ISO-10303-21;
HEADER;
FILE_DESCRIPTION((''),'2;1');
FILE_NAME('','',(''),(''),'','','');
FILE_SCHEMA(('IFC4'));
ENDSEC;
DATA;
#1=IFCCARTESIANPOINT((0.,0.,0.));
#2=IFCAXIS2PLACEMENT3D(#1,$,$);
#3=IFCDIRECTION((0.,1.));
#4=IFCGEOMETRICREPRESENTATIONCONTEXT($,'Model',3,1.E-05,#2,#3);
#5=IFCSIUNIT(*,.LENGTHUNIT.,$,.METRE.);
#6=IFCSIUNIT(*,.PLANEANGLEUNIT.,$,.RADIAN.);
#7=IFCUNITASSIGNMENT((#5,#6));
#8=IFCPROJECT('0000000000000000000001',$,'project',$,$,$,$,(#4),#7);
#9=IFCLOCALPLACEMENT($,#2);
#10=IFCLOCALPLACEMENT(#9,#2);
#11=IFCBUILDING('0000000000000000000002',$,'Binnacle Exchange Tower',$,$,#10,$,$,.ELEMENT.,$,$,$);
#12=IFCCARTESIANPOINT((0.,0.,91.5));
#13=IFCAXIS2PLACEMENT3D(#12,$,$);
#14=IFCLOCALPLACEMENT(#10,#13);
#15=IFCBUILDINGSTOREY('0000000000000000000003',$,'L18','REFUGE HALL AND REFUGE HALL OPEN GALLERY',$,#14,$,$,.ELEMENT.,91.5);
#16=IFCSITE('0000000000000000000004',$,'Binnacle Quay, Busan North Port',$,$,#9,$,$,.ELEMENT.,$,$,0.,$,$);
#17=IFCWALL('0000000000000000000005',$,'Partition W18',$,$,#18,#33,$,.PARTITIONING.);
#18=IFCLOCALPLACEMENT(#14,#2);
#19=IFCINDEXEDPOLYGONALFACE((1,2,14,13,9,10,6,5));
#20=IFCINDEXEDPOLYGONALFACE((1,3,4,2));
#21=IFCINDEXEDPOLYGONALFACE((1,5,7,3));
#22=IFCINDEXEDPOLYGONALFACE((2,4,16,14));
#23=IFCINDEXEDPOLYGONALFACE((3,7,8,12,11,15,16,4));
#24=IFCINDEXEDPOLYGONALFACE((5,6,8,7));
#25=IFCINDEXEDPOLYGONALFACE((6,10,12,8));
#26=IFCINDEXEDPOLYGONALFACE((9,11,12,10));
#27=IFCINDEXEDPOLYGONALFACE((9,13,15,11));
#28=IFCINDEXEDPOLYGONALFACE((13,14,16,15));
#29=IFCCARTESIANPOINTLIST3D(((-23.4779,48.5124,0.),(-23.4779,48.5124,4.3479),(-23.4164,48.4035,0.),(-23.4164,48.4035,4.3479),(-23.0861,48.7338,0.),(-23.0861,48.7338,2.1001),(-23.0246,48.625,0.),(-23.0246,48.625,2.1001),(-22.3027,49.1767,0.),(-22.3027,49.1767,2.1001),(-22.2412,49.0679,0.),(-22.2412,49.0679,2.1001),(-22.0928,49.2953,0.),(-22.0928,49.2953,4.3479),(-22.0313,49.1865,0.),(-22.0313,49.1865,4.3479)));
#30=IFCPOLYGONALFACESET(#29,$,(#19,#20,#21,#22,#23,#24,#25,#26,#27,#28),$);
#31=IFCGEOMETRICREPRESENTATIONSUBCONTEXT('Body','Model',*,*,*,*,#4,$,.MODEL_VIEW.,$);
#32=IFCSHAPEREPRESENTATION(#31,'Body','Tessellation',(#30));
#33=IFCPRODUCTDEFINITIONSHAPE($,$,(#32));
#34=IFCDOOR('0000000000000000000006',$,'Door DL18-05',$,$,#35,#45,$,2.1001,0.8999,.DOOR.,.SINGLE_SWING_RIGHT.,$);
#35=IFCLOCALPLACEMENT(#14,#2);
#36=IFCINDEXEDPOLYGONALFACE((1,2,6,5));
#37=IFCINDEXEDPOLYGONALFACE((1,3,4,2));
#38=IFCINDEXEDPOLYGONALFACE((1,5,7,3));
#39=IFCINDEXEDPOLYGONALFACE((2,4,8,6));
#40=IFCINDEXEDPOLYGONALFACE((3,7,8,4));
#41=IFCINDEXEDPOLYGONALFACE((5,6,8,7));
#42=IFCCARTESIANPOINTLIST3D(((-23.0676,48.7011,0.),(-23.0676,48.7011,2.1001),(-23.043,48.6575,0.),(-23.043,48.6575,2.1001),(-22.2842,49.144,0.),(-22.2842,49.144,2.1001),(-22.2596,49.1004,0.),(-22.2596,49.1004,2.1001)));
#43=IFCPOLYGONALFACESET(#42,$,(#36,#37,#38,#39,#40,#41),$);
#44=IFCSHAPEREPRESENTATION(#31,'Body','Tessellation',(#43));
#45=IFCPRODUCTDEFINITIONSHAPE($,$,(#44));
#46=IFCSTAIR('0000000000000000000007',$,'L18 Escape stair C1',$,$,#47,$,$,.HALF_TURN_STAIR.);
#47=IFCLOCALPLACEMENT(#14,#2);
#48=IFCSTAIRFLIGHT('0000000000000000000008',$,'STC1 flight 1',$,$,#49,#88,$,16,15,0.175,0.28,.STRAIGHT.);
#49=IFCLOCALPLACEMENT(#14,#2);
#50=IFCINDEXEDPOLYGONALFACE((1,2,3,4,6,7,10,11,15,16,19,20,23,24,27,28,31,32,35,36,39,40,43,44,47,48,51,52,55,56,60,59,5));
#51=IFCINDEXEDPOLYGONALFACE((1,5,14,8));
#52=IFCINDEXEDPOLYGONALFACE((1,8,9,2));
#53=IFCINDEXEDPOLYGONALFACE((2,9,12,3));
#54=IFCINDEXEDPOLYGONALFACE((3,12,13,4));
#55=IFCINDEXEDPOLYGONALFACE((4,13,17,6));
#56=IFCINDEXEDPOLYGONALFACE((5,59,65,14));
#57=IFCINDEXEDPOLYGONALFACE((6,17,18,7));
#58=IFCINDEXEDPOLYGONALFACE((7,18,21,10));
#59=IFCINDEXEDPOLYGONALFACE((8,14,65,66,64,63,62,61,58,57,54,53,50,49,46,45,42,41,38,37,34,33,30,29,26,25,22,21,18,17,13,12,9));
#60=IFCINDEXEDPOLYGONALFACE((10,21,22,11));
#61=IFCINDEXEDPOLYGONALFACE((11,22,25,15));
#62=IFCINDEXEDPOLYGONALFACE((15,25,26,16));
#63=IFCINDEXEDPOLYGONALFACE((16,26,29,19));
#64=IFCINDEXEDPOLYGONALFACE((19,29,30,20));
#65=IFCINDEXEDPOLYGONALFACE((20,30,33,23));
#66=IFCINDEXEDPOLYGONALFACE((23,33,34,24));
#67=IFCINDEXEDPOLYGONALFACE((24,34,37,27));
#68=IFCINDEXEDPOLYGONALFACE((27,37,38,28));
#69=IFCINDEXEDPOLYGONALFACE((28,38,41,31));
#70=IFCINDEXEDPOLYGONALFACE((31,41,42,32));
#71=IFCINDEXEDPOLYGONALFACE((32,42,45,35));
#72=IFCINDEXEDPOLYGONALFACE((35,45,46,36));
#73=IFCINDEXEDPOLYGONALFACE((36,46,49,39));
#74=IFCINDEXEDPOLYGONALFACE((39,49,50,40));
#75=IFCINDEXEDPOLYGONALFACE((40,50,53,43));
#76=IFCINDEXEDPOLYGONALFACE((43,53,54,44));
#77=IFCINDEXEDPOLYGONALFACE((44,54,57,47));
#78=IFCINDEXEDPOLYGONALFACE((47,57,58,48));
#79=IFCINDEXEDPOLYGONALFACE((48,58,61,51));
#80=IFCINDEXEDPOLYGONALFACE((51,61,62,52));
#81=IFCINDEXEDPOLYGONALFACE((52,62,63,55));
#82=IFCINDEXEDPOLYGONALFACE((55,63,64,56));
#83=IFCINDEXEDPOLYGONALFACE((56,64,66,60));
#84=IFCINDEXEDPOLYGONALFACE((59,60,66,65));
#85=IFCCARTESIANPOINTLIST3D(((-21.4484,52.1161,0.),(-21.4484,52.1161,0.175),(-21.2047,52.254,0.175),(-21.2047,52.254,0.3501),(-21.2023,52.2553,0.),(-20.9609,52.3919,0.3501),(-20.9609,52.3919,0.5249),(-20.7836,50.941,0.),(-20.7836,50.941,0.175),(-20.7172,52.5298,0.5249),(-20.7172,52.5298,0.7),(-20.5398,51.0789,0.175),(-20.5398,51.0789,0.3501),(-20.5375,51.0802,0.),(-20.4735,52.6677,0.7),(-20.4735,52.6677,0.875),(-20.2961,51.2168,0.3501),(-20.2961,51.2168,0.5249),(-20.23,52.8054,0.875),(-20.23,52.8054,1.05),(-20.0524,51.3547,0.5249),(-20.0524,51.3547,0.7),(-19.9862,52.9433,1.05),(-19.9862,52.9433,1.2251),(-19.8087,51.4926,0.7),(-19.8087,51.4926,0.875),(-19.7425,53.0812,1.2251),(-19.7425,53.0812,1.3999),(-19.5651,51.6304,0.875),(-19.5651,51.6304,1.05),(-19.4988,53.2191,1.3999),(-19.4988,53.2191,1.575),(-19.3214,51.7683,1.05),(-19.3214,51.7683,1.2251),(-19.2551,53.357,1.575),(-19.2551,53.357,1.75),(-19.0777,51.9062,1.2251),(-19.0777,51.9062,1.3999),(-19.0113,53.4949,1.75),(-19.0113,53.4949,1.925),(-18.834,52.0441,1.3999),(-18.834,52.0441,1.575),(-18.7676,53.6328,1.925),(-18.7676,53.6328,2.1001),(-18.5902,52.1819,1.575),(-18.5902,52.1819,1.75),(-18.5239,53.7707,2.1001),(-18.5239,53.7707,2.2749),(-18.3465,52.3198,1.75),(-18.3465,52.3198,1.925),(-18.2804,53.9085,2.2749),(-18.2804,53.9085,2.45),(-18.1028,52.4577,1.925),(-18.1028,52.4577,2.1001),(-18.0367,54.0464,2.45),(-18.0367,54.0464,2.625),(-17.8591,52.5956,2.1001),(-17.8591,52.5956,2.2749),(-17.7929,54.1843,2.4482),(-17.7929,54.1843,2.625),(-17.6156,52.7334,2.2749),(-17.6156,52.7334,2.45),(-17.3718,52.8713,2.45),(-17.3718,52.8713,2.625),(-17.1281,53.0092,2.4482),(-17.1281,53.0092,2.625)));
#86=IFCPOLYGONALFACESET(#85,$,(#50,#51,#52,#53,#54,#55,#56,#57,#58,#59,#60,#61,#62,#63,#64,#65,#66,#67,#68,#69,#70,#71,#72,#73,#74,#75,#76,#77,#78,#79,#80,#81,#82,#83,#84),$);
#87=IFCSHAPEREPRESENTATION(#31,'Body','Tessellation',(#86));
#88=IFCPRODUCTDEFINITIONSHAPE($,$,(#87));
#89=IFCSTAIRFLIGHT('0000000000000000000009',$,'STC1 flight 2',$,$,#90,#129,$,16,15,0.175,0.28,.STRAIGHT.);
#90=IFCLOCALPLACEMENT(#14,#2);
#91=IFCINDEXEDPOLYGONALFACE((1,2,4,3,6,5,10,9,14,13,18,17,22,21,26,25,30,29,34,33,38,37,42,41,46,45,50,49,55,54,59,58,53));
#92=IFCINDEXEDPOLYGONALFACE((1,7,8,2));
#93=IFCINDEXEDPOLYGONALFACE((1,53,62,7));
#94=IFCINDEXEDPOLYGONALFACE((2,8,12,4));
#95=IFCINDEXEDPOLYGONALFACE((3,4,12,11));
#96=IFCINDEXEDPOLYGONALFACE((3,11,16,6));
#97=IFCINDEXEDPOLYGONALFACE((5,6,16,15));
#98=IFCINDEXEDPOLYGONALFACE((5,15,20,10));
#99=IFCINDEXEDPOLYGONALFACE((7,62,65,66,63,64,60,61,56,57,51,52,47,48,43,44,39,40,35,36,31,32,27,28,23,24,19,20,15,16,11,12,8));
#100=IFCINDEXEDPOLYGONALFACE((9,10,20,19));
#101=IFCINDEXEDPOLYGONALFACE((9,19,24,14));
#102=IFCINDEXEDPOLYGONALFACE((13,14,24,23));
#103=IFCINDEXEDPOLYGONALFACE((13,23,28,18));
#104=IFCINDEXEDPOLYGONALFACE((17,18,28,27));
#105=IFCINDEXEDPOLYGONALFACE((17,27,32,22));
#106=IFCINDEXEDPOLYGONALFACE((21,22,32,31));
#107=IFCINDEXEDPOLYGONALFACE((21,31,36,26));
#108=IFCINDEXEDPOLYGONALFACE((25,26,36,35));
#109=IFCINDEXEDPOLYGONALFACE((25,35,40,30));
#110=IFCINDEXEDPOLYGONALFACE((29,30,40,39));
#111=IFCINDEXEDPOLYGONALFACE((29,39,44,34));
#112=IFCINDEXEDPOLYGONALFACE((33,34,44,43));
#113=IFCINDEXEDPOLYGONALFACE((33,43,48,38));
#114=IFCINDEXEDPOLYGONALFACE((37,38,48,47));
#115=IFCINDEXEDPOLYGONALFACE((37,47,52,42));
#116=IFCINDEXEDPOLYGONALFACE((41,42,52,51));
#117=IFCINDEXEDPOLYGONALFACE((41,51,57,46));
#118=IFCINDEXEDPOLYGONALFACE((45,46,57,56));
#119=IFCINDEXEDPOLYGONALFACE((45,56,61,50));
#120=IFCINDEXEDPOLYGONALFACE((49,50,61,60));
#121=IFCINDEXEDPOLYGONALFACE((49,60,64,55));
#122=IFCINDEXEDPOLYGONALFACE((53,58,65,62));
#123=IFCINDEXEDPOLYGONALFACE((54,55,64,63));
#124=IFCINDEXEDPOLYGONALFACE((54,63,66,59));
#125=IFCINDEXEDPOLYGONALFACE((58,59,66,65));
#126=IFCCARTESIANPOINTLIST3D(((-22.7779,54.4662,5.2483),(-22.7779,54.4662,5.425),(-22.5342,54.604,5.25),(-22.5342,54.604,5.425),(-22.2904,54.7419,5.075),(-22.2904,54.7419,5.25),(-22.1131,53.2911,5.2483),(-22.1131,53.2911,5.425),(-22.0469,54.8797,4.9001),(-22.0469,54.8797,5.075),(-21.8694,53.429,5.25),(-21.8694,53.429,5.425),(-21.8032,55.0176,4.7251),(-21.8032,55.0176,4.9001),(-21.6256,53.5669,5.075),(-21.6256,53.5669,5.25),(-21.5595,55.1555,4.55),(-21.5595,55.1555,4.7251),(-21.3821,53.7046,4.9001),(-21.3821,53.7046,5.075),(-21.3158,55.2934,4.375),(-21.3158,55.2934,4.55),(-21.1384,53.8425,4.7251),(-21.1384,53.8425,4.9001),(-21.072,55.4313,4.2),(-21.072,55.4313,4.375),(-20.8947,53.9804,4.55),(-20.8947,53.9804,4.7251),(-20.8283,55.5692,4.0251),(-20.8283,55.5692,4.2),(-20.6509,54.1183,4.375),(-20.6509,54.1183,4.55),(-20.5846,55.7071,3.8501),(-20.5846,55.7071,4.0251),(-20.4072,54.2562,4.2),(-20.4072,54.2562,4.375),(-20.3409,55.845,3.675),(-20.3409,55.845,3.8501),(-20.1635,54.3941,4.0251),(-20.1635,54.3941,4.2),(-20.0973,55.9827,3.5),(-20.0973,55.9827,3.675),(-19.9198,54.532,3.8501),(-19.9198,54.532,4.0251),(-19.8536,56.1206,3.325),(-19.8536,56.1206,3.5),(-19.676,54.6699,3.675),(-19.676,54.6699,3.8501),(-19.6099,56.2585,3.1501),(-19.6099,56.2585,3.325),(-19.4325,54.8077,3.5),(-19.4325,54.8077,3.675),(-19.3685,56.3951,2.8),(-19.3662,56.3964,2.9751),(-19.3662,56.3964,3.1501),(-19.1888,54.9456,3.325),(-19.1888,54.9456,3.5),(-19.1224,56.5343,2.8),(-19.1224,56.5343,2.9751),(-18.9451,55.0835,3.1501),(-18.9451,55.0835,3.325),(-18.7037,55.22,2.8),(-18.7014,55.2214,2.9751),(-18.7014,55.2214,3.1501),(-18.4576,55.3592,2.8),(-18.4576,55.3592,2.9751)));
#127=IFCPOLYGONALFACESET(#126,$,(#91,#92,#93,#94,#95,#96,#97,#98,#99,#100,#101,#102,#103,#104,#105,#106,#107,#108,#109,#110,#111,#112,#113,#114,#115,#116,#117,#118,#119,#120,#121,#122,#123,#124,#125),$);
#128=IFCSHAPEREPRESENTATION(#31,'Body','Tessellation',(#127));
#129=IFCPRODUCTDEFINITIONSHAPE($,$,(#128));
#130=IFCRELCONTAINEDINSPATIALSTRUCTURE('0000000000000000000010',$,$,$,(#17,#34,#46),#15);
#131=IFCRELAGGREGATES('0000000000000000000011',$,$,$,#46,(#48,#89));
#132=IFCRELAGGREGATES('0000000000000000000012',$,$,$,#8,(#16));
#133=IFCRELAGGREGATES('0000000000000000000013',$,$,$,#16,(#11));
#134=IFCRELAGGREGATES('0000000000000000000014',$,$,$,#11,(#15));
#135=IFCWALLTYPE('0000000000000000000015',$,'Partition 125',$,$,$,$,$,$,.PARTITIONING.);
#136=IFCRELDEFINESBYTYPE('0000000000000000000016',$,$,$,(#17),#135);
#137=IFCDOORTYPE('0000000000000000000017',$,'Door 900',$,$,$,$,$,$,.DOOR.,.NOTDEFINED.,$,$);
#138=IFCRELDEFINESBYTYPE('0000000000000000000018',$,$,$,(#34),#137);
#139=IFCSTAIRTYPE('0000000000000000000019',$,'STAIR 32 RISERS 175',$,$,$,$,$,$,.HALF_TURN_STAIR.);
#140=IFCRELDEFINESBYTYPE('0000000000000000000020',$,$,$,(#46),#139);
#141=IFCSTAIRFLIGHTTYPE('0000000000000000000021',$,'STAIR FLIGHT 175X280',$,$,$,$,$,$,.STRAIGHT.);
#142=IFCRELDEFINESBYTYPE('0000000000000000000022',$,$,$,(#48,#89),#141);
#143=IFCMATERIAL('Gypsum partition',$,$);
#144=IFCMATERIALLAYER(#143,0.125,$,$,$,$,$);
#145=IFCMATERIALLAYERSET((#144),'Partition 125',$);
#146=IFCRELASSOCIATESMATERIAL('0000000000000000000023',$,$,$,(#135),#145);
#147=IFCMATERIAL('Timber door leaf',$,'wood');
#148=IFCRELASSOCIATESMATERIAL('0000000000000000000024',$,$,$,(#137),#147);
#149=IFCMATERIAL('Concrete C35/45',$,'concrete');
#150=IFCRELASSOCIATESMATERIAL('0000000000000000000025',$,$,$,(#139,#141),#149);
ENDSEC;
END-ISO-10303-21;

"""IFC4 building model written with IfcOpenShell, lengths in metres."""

from ifc_helpers import new_model, si_unit, direction, frame, frame_2d, origin, place, context, subcontext, project, spatial, polyline, rectangle, outline, extrude, material, layer, layer_set, type_object, element, fill, aggregate, save


model = new_model("IFC4")

# Units and contexts
model_context = context("Model", 3, precision=1e-05, world=origin(), true_north=direction((0.0, 1.0)))
body_context = subcontext(model_context, "Body", "Model", "MODEL_VIEW")
ifc_project = project(units=[si_unit("LENGTHUNIT", "METRE"), si_unit("PLANEANGLEUNIT", "RADIAN")], contexts=[model_context])

# Site, building, storey
site_placement = place(None, origin())
site = spatial("IfcSite", under=ifc_project, at=site_placement, Name="Binnacle Quay, Busan North Port", CompositionType="ELEMENT", RefElevation=0.0)
building_placement = place(site_placement, origin())
building = spatial("IfcBuilding", under=site, at=building_placement, Name="Binnacle Exchange Tower", CompositionType="ELEMENT")
storey_placement = place(building_placement, frame((0.0, 0.0, 91.5)))
storey = spatial("IfcBuildingStorey", under=building, at=storey_placement, Name="L18", Description="REFUGE HALL AND REFUGE HALL OPEN GALLERY", CompositionType="ELEMENT", Elevation=91.5)

# Shared definitions
ifc_material_1 = material(Name="Gypsum partition")
ifc_layer_1 = layer(ifc_material_1, 0.125)
ifc_layer_set_1 = layer_set([ifc_layer_1], Name="Partition 125")
wall_type_1 = type_object("IfcWallType", Name="Partition 125", PredefinedType="PARTITIONING", material=ifc_layer_set_1)

# Wall, opening, door
ifc_material_2 = material(Name="Timber door leaf", Category="wood")
wall_1_placement = place(storey_placement, frame((-23.447, 48.458, 0.0), z_axis=(0.0, 0.0, 1.0), x_axis=(0.870529, 0.492118, 0.0)))
wall_1 = element("IfcWall", 1, at=wall_1_placement, inside=storey, type_object=wall_type_1, Name="Partition W18", PredefinedType="PARTITIONING", context=body_context, shape_type="SweptSolid", body=[
    extrude(rectangle(XDim=1.5911, YDim=0.125, at=frame_2d((0.7954, 0.0))), origin(), (0.0, 0.0, 1.0), 4.3479),
])
opening_1_placement = place(wall_1_placement, frame((0.45, 0.0, 0.0)))
opening_1 = element("IfcOpeningElement", 2, at=opening_1_placement, cuts=wall_1, PredefinedType="OPENING", context=body_context, shape_type="SweptSolid", body=[
    extrude(rectangle(XDim=0.8999, YDim=2.1001, at=frame_2d((0.45, 1.05))), frame((0.0, 0.0725, 0.0), z_axis=(0.0, -1.0, 0.0), x_axis=(1.0, 0.0, 0.0)), (0.0, 0.0, 1.0), 0.145),
])
door_type_1 = type_object("IfcDoorType", Name="Door 900", OperationType="NOTDEFINED", PredefinedType="DOOR", material=ifc_material_2)
door_1_placement = place(opening_1_placement, origin())
door_1 = element("IfcDoor", 3, at=door_1_placement, inside=storey, type_object=door_type_1, Name="Door DL18-05", OperationType="SINGLE_SWING_RIGHT", OverallHeight=2.1001, OverallWidth=0.8999, PredefinedType="DOOR", context=body_context, shape_type="SweptSolid", body=[
    extrude(rectangle(XDim=0.8999, YDim=2.1001, at=frame_2d((0.45, 1.05))), frame((0.0, 0.0249, 0.0), z_axis=(0.0, -1.0, 0.0), x_axis=(1.0, 0.0, 0.0)), (0.0, 0.0, 1.0), 0.05),
])
fill(opening_1, door_1)

# Stair, stair flights
ifc_material_3 = material(Name="Concrete C35/45", Category="concrete")
stair_type = type_object("IfcStairType", Name="STAIR 32 RISERS 175", PredefinedType="HALF_TURN_STAIR", material=ifc_material_3)
stair_placement = place(storey_placement, origin())
stair = element("IfcStair", 4, at=stair_placement, inside=storey, type_object=stair_type, Name="L18 Escape stair C1", PredefinedType="HALF_TURN_STAIR")
stair_flight_type = type_object("IfcStairFlightType", Name="STAIR FLIGHT 175X280", PredefinedType="STRAIGHT", material=ifc_material_3)
stair_flight_1_placement = place(storey_placement, frame((-21.116, 51.5286, 0.0), z_axis=(0.0, 0.0, 1.0), x_axis=(0.870356, 0.492424, 0.0)))
stair_flight_1 = element("IfcStairFlight", 5, at=stair_flight_1_placement, type_object=stair_flight_type, Name="STC1 flight 1", NumberOfRisers=16, NumberOfTreads=15, PredefinedType="STRAIGHT", RiserHeight=0.175, TreadLength=0.28, context=body_context, shape_type="SweptSolid", body=[
    extrude(outline(polyline([(0.0, 0.0), (0.0, 0.175), (0.28, 0.175), (0.28, 0.3501), (0.5601, 0.3501), (0.5601, 0.5249), (0.8401, 0.5249), (0.8401, 0.7), (1.1201, 0.7), (1.1201, 0.875), (1.3999, 0.875), (1.3999, 1.05), (1.6799, 1.05), (1.6799, 1.2251), (1.96, 1.2251), (1.96, 1.3999), (2.24, 1.3999), (2.24, 1.575), (2.52, 1.575), (2.52, 1.75), (2.8, 1.75), (2.8, 1.925), (3.0801, 1.925), (3.0801, 2.1001), (3.3601, 2.1001), (3.3601, 2.2749), (3.6399, 2.2749), (3.6399, 2.45), (3.9199, 2.45), (3.9199, 2.625), (4.2, 2.625), (4.2, 2.8), (4.2, 2.4482), (0.2827, 0.0), (0.0, 0.0)])), frame((0.0, 0.675, 0.0), z_axis=(0.0, -1.0, 0.0), x_axis=(1.0, 0.0, 0.0)), (0.0, 0.0, 1.0), 1.3501),
])
stair_flight_2_placement = place(storey_placement, frame((-18.79, 55.9468, 2.8), z_axis=(0.0, 0.0, 1.0), x_axis=(-0.870356, -0.492424, 0.0)))
stair_flight_2 = element("IfcStairFlight", 6, at=stair_flight_2_placement, type_object=stair_flight_type, Name="STC1 flight 2", NumberOfRisers=16, NumberOfTreads=15, PredefinedType="STRAIGHT", RiserHeight=0.175, TreadLength=0.28, context=body_context, shape_type="SweptSolid", body=[
    extrude(outline(polyline([(0.0, 0.0), (0.0, 0.175), (0.28, 0.175), (0.28, 0.3501), (0.5601, 0.3501), (0.5601, 0.5249), (0.8401, 0.5249), (0.8401, 0.7), (1.1201, 0.7), (1.1201, 0.875), (1.3999, 0.875), (1.3999, 1.05), (1.6799, 1.05), (1.6799, 1.2251), (1.96, 1.2251), (1.96, 1.3999), (2.24, 1.3999), (2.24, 1.575), (2.52, 1.575), (2.52, 1.75), (2.8, 1.75), (2.8, 1.925), (3.0801, 1.925), (3.0801, 2.1001), (3.3601, 2.1001), (3.3601, 2.2749), (3.6399, 2.2749), (3.6399, 2.45), (3.9199, 2.45), (3.9199, 2.625), (4.2, 2.625), (4.2, 2.8), (4.2, 2.4482), (0.2827, 0.0), (0.0, 0.0)])), frame((0.0, 0.675, 0.0), z_axis=(0.0, -1.0, 0.0), x_axis=(1.0, 0.0, 0.0)), (0.0, 0.0, 1.0), 1.3501),
])
aggregate(stair, [stair_flight_1, stair_flight_2])

save(model, "model.ifc")
